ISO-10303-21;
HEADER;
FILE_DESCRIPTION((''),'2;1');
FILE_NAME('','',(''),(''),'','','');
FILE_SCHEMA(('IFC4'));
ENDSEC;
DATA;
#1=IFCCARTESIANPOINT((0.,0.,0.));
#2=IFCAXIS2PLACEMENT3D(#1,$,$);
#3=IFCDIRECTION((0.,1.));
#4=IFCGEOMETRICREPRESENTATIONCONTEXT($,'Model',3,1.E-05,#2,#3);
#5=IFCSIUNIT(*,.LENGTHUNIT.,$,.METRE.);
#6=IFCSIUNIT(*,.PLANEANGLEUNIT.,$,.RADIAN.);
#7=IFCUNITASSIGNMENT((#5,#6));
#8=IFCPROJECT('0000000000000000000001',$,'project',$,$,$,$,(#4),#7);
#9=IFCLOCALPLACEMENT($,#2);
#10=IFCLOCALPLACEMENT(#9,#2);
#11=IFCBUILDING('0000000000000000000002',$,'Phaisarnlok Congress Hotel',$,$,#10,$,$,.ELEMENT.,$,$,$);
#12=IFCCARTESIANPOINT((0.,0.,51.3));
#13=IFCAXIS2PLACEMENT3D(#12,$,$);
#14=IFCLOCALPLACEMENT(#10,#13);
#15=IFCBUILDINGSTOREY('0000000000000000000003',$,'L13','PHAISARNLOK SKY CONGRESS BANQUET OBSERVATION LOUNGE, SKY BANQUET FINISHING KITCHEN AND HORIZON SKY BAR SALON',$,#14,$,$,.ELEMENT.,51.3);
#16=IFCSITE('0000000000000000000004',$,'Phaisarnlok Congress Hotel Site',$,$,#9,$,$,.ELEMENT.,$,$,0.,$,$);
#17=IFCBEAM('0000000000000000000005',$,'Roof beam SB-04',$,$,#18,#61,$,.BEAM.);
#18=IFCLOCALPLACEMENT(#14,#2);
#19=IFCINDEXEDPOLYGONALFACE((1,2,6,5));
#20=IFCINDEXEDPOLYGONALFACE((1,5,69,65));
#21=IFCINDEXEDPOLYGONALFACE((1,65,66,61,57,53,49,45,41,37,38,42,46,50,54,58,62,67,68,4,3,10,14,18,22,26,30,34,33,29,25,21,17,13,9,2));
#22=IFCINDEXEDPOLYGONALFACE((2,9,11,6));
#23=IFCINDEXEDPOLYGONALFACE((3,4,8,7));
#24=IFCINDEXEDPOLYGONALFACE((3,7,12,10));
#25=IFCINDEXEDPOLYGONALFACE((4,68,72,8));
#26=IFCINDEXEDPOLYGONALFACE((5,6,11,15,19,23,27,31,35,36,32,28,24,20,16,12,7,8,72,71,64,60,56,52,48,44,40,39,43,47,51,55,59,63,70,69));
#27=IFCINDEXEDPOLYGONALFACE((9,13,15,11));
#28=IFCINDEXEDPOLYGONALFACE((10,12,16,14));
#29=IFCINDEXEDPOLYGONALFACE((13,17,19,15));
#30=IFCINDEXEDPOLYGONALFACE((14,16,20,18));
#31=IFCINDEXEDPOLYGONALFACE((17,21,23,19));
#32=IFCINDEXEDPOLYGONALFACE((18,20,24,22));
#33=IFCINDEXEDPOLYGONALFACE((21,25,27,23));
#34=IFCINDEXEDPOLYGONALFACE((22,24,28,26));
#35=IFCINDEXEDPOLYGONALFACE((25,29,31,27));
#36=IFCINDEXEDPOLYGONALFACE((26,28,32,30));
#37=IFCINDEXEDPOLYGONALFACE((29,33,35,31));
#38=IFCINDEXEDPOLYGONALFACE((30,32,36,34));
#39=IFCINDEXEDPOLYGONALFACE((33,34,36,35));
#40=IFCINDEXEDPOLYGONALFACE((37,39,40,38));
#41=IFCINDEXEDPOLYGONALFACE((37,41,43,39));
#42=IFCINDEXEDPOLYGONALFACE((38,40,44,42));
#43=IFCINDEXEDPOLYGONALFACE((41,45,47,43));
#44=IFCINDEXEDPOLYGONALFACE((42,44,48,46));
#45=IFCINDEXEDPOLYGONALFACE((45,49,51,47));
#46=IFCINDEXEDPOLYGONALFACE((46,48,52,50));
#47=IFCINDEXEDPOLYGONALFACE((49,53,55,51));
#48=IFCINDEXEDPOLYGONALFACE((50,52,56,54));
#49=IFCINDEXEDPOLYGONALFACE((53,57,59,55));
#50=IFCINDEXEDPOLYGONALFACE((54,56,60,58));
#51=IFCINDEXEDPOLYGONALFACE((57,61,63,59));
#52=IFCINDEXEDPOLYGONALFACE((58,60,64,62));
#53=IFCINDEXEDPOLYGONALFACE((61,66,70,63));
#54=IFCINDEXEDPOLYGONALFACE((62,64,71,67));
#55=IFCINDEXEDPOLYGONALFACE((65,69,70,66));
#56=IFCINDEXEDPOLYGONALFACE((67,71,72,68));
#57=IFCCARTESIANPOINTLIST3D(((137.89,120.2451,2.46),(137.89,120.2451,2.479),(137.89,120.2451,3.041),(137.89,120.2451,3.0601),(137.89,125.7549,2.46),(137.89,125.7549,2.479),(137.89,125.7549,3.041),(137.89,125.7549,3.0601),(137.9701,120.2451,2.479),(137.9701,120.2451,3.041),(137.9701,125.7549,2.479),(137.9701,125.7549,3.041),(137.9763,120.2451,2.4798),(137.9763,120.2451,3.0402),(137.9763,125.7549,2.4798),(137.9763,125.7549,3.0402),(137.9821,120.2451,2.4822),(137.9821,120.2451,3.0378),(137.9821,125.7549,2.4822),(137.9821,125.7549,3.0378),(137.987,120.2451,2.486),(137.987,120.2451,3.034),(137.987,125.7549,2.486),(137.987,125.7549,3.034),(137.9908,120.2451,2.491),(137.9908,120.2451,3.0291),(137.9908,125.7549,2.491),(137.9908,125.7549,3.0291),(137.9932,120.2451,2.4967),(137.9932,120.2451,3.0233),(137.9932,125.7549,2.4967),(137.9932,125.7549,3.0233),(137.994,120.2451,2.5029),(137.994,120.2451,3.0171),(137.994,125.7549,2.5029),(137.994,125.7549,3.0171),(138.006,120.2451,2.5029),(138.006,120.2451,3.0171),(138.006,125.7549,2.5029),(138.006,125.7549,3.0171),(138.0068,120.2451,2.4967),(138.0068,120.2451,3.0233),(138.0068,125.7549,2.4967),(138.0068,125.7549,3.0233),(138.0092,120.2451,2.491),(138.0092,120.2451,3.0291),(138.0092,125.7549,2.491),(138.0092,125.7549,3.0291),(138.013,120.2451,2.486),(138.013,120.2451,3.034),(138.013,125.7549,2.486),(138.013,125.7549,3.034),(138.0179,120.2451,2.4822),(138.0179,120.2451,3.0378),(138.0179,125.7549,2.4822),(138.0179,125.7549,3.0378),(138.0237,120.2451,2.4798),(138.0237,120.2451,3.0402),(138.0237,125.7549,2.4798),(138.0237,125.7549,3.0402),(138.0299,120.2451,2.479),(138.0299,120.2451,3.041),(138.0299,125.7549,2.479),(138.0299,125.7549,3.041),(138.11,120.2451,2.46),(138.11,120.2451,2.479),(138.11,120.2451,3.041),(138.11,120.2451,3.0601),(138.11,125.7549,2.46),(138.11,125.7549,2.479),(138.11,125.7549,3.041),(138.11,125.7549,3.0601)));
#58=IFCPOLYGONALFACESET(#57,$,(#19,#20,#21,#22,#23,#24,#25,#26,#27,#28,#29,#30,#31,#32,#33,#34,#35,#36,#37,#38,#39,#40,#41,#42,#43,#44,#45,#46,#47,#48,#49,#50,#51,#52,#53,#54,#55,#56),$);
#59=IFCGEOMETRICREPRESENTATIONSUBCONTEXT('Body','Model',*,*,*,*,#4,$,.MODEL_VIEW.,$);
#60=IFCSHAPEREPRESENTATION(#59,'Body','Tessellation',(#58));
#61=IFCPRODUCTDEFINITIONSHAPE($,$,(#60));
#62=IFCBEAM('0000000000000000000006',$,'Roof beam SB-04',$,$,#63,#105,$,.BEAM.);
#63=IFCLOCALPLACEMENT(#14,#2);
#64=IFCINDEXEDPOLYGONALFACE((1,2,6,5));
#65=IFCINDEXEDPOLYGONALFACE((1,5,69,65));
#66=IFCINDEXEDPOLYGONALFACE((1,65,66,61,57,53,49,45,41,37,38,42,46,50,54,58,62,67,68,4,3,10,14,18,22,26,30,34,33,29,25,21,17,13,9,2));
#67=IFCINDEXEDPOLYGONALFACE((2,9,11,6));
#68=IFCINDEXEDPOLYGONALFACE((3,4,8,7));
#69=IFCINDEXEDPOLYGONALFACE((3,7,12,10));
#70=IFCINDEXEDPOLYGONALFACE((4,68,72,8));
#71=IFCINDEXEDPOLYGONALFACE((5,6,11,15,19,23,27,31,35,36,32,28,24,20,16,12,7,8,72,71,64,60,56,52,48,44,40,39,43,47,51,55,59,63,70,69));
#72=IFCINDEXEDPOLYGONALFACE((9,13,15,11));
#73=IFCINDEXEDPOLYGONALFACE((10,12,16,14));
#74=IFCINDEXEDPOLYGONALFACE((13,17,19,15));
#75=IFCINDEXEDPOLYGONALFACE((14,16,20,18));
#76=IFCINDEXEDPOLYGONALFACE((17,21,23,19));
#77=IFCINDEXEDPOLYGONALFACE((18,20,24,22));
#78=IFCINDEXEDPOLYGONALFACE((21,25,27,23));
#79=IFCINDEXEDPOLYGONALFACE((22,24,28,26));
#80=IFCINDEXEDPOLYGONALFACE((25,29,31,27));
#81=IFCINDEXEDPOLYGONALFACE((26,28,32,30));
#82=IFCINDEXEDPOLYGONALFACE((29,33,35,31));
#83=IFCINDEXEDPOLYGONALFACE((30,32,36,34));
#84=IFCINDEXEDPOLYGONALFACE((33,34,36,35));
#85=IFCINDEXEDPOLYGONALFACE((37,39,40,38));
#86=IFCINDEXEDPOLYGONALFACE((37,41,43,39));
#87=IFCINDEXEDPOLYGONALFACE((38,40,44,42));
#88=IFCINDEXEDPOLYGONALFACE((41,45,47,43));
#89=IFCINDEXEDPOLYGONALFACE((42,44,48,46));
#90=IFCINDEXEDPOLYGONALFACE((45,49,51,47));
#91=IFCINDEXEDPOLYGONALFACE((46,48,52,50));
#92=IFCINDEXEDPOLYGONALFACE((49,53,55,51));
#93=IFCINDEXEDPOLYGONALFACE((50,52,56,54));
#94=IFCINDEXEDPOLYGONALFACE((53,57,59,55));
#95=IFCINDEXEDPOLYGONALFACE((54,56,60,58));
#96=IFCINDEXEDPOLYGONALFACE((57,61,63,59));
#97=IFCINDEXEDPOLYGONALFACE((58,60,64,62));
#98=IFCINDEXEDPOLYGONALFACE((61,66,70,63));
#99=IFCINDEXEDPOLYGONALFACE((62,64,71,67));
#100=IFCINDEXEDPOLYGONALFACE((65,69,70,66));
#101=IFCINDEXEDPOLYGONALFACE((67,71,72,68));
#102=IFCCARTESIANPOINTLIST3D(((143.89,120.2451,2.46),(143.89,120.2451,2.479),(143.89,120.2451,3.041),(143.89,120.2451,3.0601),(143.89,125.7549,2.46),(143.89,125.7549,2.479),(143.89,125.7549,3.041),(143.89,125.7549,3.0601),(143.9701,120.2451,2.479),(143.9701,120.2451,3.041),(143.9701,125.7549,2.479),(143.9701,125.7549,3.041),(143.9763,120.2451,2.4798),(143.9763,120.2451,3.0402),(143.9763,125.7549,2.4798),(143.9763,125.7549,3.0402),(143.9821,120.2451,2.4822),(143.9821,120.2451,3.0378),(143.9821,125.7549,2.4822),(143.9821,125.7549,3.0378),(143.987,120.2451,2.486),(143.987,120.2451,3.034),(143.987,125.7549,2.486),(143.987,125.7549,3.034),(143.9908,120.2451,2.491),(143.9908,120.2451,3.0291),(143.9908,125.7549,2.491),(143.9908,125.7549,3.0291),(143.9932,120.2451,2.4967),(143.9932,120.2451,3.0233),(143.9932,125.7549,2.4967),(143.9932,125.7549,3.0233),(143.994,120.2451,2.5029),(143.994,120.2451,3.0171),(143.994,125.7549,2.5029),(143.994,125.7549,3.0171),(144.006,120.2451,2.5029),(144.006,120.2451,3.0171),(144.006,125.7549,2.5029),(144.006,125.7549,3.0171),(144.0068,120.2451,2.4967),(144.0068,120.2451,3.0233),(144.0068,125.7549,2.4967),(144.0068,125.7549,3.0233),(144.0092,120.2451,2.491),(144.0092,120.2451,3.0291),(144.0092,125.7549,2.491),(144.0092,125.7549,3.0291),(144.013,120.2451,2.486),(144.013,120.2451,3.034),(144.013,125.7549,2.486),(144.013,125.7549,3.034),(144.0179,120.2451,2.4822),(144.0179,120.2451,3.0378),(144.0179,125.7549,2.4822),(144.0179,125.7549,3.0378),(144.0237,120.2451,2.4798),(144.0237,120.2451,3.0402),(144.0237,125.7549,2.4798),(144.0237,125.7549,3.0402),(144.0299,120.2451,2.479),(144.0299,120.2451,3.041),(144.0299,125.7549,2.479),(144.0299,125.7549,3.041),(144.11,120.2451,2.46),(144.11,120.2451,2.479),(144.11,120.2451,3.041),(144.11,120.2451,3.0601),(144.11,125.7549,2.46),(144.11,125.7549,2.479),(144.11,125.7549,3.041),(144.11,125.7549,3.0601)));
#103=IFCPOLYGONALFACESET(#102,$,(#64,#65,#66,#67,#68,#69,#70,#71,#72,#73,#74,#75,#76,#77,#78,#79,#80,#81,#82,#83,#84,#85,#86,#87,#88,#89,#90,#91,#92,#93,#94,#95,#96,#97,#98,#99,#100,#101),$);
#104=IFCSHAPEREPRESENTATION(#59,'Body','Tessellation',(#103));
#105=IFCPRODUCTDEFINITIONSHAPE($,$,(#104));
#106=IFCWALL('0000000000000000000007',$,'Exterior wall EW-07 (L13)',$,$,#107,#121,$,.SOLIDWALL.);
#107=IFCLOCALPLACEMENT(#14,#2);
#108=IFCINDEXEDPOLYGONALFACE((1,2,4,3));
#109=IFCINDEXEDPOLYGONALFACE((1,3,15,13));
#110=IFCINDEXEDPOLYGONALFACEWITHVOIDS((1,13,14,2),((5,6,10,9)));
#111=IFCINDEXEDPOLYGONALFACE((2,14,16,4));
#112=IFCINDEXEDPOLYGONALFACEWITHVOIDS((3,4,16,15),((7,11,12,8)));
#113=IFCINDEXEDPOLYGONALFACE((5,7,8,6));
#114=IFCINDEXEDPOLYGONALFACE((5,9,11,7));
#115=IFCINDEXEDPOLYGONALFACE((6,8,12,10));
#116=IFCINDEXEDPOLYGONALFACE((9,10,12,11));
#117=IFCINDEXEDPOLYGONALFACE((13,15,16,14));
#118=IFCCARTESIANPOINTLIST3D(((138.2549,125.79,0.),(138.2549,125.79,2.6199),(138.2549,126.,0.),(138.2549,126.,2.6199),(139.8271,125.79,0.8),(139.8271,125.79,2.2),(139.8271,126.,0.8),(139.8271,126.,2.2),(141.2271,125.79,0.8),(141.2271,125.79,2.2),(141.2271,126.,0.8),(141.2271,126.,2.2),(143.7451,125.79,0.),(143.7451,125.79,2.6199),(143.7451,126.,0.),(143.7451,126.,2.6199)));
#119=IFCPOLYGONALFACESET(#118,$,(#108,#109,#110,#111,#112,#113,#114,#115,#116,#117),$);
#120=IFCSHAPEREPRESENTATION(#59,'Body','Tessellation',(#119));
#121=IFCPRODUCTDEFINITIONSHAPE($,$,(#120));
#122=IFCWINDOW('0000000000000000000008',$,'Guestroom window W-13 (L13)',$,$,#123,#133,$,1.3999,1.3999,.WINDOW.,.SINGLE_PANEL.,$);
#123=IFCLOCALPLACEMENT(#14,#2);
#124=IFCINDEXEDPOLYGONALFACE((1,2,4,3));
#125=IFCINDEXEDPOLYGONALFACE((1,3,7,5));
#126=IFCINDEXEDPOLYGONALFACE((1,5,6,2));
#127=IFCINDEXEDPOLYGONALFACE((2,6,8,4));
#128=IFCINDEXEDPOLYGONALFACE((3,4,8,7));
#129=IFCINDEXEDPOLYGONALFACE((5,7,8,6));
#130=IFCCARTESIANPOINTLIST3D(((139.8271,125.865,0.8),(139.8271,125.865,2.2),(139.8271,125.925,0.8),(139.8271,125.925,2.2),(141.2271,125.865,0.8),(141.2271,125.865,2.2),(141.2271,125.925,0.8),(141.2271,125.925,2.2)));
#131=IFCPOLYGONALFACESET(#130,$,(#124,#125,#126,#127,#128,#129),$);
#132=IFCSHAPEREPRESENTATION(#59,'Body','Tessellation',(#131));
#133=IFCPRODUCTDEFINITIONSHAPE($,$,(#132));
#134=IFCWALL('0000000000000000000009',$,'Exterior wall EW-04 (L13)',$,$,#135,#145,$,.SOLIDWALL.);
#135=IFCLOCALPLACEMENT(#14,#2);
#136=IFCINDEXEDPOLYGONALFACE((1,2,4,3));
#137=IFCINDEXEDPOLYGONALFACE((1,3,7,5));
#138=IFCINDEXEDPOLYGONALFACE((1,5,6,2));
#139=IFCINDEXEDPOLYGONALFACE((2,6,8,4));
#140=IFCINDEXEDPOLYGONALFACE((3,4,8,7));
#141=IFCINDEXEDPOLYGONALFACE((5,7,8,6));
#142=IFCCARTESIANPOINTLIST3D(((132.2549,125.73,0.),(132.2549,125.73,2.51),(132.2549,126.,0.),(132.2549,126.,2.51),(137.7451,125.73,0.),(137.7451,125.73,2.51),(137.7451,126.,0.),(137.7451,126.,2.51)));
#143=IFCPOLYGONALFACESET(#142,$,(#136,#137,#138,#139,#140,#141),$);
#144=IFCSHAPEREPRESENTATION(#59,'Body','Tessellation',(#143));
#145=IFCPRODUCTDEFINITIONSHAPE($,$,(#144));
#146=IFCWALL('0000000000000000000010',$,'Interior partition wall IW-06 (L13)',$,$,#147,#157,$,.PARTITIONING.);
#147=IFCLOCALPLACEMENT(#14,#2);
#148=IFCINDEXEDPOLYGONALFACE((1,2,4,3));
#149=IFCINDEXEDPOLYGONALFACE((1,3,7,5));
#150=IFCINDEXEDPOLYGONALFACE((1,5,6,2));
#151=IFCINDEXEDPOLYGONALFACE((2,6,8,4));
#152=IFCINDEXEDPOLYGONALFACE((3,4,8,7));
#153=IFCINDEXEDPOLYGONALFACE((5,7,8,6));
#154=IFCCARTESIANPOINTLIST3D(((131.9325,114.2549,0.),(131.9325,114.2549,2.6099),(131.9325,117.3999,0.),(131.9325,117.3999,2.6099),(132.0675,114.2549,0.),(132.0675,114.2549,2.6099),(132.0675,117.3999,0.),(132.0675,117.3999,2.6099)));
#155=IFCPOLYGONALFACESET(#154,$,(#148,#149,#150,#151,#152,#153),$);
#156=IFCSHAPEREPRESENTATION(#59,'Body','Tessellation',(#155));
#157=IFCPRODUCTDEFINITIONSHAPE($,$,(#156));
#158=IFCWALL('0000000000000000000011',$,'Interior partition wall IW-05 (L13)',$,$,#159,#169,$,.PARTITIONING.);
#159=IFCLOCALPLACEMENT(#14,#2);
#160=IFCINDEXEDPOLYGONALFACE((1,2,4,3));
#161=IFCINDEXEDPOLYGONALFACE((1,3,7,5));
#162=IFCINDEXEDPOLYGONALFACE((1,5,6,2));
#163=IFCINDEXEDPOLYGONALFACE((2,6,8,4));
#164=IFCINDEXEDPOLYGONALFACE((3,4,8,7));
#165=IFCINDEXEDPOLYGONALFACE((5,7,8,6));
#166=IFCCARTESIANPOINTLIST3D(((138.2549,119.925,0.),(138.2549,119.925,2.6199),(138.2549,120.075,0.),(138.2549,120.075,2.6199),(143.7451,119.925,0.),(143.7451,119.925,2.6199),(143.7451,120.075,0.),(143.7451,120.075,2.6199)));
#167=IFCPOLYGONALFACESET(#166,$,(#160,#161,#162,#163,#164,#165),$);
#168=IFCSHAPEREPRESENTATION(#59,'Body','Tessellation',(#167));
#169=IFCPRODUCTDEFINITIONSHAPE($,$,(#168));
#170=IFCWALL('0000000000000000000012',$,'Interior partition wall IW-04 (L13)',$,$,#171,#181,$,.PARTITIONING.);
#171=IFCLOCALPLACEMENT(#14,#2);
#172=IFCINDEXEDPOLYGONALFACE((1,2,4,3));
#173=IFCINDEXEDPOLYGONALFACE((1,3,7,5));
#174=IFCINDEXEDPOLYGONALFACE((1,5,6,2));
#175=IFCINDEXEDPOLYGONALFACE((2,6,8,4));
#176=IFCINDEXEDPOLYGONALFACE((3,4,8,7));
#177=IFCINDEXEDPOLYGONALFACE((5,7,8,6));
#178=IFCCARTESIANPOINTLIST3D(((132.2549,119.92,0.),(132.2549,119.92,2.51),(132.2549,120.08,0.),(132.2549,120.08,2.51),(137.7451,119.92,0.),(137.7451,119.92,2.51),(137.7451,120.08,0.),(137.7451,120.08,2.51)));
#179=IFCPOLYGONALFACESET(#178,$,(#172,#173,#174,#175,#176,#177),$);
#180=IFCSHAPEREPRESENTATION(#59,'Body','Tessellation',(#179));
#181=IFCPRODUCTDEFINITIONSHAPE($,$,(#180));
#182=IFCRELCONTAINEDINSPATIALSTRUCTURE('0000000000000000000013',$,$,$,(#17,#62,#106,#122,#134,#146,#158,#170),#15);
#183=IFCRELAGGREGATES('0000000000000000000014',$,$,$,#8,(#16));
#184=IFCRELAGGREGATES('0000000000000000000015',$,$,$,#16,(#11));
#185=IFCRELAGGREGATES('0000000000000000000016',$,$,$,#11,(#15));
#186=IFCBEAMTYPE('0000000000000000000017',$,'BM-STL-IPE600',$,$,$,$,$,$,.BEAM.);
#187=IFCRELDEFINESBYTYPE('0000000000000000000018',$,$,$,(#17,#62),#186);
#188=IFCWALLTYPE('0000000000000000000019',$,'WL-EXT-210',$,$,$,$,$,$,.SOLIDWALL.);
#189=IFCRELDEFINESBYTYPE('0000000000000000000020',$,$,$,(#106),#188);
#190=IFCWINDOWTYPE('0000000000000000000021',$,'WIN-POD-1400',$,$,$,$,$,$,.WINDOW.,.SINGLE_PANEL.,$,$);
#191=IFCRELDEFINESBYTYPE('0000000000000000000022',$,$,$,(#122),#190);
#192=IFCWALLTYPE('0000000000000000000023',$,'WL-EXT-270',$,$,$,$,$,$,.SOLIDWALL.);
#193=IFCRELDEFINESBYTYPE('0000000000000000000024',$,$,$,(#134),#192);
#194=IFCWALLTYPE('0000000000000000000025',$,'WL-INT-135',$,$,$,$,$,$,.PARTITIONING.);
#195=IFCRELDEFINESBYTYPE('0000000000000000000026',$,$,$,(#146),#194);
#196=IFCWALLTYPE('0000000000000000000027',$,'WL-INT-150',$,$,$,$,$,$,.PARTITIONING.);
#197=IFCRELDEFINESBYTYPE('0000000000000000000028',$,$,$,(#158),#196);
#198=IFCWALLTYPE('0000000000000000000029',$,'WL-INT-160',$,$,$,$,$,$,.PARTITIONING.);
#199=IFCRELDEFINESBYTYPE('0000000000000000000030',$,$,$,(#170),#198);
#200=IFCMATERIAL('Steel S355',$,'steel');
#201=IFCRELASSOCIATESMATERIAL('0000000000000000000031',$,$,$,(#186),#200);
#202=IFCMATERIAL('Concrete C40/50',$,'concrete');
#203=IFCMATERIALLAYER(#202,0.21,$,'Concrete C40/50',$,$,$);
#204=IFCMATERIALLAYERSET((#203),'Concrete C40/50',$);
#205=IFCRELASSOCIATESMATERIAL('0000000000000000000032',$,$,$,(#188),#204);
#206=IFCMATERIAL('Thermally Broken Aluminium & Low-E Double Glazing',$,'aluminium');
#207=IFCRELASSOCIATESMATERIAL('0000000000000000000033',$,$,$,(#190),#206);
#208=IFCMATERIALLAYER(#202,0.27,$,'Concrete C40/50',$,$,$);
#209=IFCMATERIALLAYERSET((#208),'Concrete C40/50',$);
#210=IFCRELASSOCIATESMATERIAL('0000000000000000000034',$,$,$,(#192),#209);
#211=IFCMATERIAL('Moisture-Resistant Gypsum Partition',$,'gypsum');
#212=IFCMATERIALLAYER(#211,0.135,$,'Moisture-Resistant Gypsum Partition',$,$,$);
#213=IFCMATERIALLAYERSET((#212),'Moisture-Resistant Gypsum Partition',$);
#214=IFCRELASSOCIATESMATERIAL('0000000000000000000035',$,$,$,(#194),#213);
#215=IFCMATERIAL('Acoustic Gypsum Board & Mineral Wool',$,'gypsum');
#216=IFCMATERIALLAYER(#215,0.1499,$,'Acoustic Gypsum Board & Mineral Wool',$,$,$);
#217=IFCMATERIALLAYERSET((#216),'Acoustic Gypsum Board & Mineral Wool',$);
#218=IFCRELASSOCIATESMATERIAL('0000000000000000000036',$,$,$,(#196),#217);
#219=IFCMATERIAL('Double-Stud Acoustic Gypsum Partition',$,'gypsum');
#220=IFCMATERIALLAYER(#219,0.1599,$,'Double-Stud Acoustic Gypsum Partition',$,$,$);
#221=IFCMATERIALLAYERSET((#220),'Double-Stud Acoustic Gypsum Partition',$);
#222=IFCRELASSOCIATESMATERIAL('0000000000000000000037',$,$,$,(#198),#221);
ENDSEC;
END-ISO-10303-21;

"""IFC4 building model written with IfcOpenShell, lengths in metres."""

from ifc_helpers import new_model, si_unit, direction, frame, frame_2d, origin, origin_2d, place, context, subcontext, project, spatial, rectangle, i_section, extrude, material, layer, layer_set, material_profile, profile_set, type_object, element, fill, save


model = new_model("IFC4")

# Units and contexts
model_context = context("Model", 3, precision=1e-05, world=origin(), true_north=direction((0.0, 1.0)))
body_context = subcontext(model_context, "Body", "Model", "MODEL_VIEW")
ifc_project = project(units=[si_unit("LENGTHUNIT", "METRE"), si_unit("PLANEANGLEUNIT", "RADIAN")], contexts=[model_context])

# Site, building, storey
site_placement = place(None, origin())
site = spatial("IfcSite", under=ifc_project, at=site_placement, Name="Phaisarnlok Congress Hotel Site", CompositionType="ELEMENT", RefElevation=0.0)
building_placement = place(site_placement, origin())
building = spatial("IfcBuilding", under=site, at=building_placement, Name="Phaisarnlok Congress Hotel", CompositionType="ELEMENT")
storey_placement = place(building_placement, frame((0.0, 0.0, 51.3)))
storey = spatial("IfcBuildingStorey", under=building, at=storey_placement, Name="L13", Description="PHAISARNLOK SKY CONGRESS BANQUET OBSERVATION LOUNGE, SKY BANQUET FINISHING KITCHEN AND HORIZON SKY BAR SALON", CompositionType="ELEMENT", Elevation=51.3)

# Beams
ifc_material_1 = material(Name="Steel S355", Category="steel")
ifc_material_profile_1 = material_profile(ifc_material_1, i_section(OverallWidth=0.22, OverallDepth=0.6001, WebThickness=0.012, FlangeThickness=0.019, FilletRadius=0.0239, at=origin_2d()), Name="IPE 600")
ifc_profile_set_1 = profile_set([ifc_material_profile_1], Name="Steel S355")
beam_type_1 = type_object("IfcBeamType", Name="BM-STL-IPE600", PredefinedType="BEAM", material=ifc_profile_set_1)
for number, where, z_axis, x_axis, name in (
    (1, (138.0, 120.2451, 2.76), (0.0, 1.0, 0.0), (-1.0, 0.0, 0.0), "Roof beam SB-04"),
    (2, (144.0, 120.2451, 2.76), (0.0, 1.0, 0.0), (-1.0, 0.0, 0.0), "Roof beam SB-04"),
):
    element("IfcBeam", number, at=place(storey_placement, frame(where, z_axis=z_axis, x_axis=x_axis)), inside=storey, type_object=beam_type_1, Name=name, PredefinedType="BEAM", context=body_context, shape_type="SweptSolid", body=[
        extrude(i_section(OverallWidth=0.22, OverallDepth=0.6001, WebThickness=0.012, FlangeThickness=0.019, FilletRadius=0.0239, at=origin_2d()), origin(), (0.0, 0.0, 1.0), 5.5098),
    ])

# Wall, opening, window
ifc_material_2 = material(Name="Concrete C40/50", Category="concrete")
ifc_layer_1 = layer(ifc_material_2, 0.21, Name="Concrete C40/50")
ifc_layer_set_1 = layer_set([ifc_layer_1], Name="Concrete C40/50")
wall_type_1 = type_object("IfcWallType", Name="WL-EXT-210", PredefinedType="SOLIDWALL", material=ifc_layer_set_1)
wall_1_placement = place(storey_placement, frame((143.7451, 125.895, 0.0), z_axis=(0.0, 0.0, 1.0), x_axis=(-1.0, 0.0, 0.0)))
wall_1 = element("IfcWall", 3, at=wall_1_placement, inside=storey, type_object=wall_type_1, Name="Exterior wall EW-07 (L13)", PredefinedType="SOLIDWALL", context=body_context, shape_type="SweptSolid", body=[
    extrude(rectangle(XDim=5.4902, YDim=0.21, at=frame_2d((2.7451, 0.0))), origin(), (0.0, 0.0, 1.0), 2.6199),
])
opening_placement = place(wall_1_placement, frame((2.5181, 0.0, 0.8)))
opening = element("IfcOpeningElement", 4, at=opening_placement, cuts=wall_1, PredefinedType="OPENING", context=body_context, shape_type="SweptSolid", body=[
    extrude(rectangle(XDim=1.3999, YDim=1.3999, at=frame_2d((0.7, 0.7))), frame((0.0, 0.115, 0.0), z_axis=(0.0, -1.0, 0.0), x_axis=(1.0, 0.0, 0.0)), (0.0, 0.0, 1.0), 0.23),
])
ifc_material_3 = material(Name="Thermally Broken Aluminium & Low-E Double Glazing", Category="aluminium")
window_type = type_object("IfcWindowType", Name="WIN-POD-1400", PartitioningType="SINGLE_PANEL", PredefinedType="WINDOW", material=ifc_material_3)
window_placement = place(opening_placement, origin())
window = element("IfcWindow", 5, at=window_placement, inside=storey, type_object=window_type, Name="Guestroom window W-13 (L13)", OverallHeight=1.3999, OverallWidth=1.3999, PartitioningType="SINGLE_PANEL", PredefinedType="WINDOW", context=body_context, shape_type="SweptSolid", body=[
    extrude(rectangle(XDim=1.3999, YDim=1.3999, at=frame_2d((0.7, 0.7))), frame((0.0, 0.03, 0.0), z_axis=(0.0, -1.0, 0.0), x_axis=(1.0, 0.0, 0.0)), (0.0, 0.0, 1.0), 0.0601),
])
fill(opening, window)

# Walls
ifc_layer_2 = layer(ifc_material_2, 0.27, Name="Concrete C40/50")
ifc_layer_set_2 = layer_set([ifc_layer_2], Name="Concrete C40/50")
wall_type_2 = type_object("IfcWallType", Name="WL-EXT-270", PredefinedType="SOLIDWALL", material=ifc_layer_set_2)
wall_2_placement = place(storey_placement, frame((137.7451, 125.865, 0.0), z_axis=(0.0, 0.0, 1.0), x_axis=(-1.0, 0.0, 0.0)))
element("IfcWall", 6, at=wall_2_placement, inside=storey, type_object=wall_type_2, Name="Exterior wall EW-04 (L13)", PredefinedType="SOLIDWALL", context=body_context, shape_type="SweptSolid", body=[
    extrude(rectangle(XDim=5.4902, YDim=0.27, at=frame_2d((2.7451, 0.0))), origin(), (0.0, 0.0, 1.0), 2.51),
])
ifc_material_4 = material(Name="Moisture-Resistant Gypsum Partition", Category="gypsum")
ifc_layer_3 = layer(ifc_material_4, 0.135, Name="Moisture-Resistant Gypsum Partition")
ifc_layer_set_3 = layer_set([ifc_layer_3], Name="Moisture-Resistant Gypsum Partition")
wall_type_3 = type_object("IfcWallType", Name="WL-INT-135", PredefinedType="PARTITIONING", material=ifc_layer_set_3)
wall_3_placement = place(storey_placement, frame((132.0, 114.2549, 0.0), z_axis=(0.0, 0.0, 1.0), x_axis=(0.0, 1.0, 0.0)))
element("IfcWall", 7, at=wall_3_placement, inside=storey, type_object=wall_type_3, Name="Interior partition wall IW-06 (L13)", PredefinedType="PARTITIONING", context=body_context, shape_type="SweptSolid", body=[
    extrude(rectangle(XDim=3.145, YDim=0.135, at=frame_2d((1.5725, 0.0))), origin(), (0.0, 0.0, 1.0), 2.6099),
])
ifc_material_5 = material(Name="Acoustic Gypsum Board & Mineral Wool", Category="gypsum")
ifc_layer_4 = layer(ifc_material_5, 0.1499, Name="Acoustic Gypsum Board & Mineral Wool")
ifc_layer_set_4 = layer_set([ifc_layer_4], Name="Acoustic Gypsum Board & Mineral Wool")
wall_type_4 = type_object("IfcWallType", Name="WL-INT-150", PredefinedType="PARTITIONING", material=ifc_layer_set_4)
wall_4_placement = place(storey_placement, frame((138.2549, 120.0, 0.0), z_axis=(0.0, 0.0, 1.0), x_axis=(1.0, 0.0, 0.0)))
element("IfcWall", 8, at=wall_4_placement, inside=storey, type_object=wall_type_4, Name="Interior partition wall IW-05 (L13)", PredefinedType="PARTITIONING", context=body_context, shape_type="SweptSolid", body=[
    extrude(rectangle(XDim=5.4902, YDim=0.1499, at=frame_2d((2.7451, 0.0))), origin(), (0.0, 0.0, 1.0), 2.6199),
])
ifc_material_6 = material(Name="Double-Stud Acoustic Gypsum Partition", Category="gypsum")
ifc_layer_5 = layer(ifc_material_6, 0.1599, Name="Double-Stud Acoustic Gypsum Partition")
ifc_layer_set_5 = layer_set([ifc_layer_5], Name="Double-Stud Acoustic Gypsum Partition")
wall_type_5 = type_object("IfcWallType", Name="WL-INT-160", PredefinedType="PARTITIONING", material=ifc_layer_set_5)
wall_5_placement = place(storey_placement, frame((132.2549, 120.0, 0.0), z_axis=(0.0, 0.0, 1.0), x_axis=(1.0, 0.0, 0.0)))
element("IfcWall", 9, at=wall_5_placement, inside=storey, type_object=wall_type_5, Name="Interior partition wall IW-04 (L13)", PredefinedType="PARTITIONING", context=body_context, shape_type="SweptSolid", body=[
    extrude(rectangle(XDim=5.4902, YDim=0.1599, at=frame_2d((2.7451, 0.0))), origin(), (0.0, 0.0, 1.0), 2.51),
])

save(model, "model.ifc")
